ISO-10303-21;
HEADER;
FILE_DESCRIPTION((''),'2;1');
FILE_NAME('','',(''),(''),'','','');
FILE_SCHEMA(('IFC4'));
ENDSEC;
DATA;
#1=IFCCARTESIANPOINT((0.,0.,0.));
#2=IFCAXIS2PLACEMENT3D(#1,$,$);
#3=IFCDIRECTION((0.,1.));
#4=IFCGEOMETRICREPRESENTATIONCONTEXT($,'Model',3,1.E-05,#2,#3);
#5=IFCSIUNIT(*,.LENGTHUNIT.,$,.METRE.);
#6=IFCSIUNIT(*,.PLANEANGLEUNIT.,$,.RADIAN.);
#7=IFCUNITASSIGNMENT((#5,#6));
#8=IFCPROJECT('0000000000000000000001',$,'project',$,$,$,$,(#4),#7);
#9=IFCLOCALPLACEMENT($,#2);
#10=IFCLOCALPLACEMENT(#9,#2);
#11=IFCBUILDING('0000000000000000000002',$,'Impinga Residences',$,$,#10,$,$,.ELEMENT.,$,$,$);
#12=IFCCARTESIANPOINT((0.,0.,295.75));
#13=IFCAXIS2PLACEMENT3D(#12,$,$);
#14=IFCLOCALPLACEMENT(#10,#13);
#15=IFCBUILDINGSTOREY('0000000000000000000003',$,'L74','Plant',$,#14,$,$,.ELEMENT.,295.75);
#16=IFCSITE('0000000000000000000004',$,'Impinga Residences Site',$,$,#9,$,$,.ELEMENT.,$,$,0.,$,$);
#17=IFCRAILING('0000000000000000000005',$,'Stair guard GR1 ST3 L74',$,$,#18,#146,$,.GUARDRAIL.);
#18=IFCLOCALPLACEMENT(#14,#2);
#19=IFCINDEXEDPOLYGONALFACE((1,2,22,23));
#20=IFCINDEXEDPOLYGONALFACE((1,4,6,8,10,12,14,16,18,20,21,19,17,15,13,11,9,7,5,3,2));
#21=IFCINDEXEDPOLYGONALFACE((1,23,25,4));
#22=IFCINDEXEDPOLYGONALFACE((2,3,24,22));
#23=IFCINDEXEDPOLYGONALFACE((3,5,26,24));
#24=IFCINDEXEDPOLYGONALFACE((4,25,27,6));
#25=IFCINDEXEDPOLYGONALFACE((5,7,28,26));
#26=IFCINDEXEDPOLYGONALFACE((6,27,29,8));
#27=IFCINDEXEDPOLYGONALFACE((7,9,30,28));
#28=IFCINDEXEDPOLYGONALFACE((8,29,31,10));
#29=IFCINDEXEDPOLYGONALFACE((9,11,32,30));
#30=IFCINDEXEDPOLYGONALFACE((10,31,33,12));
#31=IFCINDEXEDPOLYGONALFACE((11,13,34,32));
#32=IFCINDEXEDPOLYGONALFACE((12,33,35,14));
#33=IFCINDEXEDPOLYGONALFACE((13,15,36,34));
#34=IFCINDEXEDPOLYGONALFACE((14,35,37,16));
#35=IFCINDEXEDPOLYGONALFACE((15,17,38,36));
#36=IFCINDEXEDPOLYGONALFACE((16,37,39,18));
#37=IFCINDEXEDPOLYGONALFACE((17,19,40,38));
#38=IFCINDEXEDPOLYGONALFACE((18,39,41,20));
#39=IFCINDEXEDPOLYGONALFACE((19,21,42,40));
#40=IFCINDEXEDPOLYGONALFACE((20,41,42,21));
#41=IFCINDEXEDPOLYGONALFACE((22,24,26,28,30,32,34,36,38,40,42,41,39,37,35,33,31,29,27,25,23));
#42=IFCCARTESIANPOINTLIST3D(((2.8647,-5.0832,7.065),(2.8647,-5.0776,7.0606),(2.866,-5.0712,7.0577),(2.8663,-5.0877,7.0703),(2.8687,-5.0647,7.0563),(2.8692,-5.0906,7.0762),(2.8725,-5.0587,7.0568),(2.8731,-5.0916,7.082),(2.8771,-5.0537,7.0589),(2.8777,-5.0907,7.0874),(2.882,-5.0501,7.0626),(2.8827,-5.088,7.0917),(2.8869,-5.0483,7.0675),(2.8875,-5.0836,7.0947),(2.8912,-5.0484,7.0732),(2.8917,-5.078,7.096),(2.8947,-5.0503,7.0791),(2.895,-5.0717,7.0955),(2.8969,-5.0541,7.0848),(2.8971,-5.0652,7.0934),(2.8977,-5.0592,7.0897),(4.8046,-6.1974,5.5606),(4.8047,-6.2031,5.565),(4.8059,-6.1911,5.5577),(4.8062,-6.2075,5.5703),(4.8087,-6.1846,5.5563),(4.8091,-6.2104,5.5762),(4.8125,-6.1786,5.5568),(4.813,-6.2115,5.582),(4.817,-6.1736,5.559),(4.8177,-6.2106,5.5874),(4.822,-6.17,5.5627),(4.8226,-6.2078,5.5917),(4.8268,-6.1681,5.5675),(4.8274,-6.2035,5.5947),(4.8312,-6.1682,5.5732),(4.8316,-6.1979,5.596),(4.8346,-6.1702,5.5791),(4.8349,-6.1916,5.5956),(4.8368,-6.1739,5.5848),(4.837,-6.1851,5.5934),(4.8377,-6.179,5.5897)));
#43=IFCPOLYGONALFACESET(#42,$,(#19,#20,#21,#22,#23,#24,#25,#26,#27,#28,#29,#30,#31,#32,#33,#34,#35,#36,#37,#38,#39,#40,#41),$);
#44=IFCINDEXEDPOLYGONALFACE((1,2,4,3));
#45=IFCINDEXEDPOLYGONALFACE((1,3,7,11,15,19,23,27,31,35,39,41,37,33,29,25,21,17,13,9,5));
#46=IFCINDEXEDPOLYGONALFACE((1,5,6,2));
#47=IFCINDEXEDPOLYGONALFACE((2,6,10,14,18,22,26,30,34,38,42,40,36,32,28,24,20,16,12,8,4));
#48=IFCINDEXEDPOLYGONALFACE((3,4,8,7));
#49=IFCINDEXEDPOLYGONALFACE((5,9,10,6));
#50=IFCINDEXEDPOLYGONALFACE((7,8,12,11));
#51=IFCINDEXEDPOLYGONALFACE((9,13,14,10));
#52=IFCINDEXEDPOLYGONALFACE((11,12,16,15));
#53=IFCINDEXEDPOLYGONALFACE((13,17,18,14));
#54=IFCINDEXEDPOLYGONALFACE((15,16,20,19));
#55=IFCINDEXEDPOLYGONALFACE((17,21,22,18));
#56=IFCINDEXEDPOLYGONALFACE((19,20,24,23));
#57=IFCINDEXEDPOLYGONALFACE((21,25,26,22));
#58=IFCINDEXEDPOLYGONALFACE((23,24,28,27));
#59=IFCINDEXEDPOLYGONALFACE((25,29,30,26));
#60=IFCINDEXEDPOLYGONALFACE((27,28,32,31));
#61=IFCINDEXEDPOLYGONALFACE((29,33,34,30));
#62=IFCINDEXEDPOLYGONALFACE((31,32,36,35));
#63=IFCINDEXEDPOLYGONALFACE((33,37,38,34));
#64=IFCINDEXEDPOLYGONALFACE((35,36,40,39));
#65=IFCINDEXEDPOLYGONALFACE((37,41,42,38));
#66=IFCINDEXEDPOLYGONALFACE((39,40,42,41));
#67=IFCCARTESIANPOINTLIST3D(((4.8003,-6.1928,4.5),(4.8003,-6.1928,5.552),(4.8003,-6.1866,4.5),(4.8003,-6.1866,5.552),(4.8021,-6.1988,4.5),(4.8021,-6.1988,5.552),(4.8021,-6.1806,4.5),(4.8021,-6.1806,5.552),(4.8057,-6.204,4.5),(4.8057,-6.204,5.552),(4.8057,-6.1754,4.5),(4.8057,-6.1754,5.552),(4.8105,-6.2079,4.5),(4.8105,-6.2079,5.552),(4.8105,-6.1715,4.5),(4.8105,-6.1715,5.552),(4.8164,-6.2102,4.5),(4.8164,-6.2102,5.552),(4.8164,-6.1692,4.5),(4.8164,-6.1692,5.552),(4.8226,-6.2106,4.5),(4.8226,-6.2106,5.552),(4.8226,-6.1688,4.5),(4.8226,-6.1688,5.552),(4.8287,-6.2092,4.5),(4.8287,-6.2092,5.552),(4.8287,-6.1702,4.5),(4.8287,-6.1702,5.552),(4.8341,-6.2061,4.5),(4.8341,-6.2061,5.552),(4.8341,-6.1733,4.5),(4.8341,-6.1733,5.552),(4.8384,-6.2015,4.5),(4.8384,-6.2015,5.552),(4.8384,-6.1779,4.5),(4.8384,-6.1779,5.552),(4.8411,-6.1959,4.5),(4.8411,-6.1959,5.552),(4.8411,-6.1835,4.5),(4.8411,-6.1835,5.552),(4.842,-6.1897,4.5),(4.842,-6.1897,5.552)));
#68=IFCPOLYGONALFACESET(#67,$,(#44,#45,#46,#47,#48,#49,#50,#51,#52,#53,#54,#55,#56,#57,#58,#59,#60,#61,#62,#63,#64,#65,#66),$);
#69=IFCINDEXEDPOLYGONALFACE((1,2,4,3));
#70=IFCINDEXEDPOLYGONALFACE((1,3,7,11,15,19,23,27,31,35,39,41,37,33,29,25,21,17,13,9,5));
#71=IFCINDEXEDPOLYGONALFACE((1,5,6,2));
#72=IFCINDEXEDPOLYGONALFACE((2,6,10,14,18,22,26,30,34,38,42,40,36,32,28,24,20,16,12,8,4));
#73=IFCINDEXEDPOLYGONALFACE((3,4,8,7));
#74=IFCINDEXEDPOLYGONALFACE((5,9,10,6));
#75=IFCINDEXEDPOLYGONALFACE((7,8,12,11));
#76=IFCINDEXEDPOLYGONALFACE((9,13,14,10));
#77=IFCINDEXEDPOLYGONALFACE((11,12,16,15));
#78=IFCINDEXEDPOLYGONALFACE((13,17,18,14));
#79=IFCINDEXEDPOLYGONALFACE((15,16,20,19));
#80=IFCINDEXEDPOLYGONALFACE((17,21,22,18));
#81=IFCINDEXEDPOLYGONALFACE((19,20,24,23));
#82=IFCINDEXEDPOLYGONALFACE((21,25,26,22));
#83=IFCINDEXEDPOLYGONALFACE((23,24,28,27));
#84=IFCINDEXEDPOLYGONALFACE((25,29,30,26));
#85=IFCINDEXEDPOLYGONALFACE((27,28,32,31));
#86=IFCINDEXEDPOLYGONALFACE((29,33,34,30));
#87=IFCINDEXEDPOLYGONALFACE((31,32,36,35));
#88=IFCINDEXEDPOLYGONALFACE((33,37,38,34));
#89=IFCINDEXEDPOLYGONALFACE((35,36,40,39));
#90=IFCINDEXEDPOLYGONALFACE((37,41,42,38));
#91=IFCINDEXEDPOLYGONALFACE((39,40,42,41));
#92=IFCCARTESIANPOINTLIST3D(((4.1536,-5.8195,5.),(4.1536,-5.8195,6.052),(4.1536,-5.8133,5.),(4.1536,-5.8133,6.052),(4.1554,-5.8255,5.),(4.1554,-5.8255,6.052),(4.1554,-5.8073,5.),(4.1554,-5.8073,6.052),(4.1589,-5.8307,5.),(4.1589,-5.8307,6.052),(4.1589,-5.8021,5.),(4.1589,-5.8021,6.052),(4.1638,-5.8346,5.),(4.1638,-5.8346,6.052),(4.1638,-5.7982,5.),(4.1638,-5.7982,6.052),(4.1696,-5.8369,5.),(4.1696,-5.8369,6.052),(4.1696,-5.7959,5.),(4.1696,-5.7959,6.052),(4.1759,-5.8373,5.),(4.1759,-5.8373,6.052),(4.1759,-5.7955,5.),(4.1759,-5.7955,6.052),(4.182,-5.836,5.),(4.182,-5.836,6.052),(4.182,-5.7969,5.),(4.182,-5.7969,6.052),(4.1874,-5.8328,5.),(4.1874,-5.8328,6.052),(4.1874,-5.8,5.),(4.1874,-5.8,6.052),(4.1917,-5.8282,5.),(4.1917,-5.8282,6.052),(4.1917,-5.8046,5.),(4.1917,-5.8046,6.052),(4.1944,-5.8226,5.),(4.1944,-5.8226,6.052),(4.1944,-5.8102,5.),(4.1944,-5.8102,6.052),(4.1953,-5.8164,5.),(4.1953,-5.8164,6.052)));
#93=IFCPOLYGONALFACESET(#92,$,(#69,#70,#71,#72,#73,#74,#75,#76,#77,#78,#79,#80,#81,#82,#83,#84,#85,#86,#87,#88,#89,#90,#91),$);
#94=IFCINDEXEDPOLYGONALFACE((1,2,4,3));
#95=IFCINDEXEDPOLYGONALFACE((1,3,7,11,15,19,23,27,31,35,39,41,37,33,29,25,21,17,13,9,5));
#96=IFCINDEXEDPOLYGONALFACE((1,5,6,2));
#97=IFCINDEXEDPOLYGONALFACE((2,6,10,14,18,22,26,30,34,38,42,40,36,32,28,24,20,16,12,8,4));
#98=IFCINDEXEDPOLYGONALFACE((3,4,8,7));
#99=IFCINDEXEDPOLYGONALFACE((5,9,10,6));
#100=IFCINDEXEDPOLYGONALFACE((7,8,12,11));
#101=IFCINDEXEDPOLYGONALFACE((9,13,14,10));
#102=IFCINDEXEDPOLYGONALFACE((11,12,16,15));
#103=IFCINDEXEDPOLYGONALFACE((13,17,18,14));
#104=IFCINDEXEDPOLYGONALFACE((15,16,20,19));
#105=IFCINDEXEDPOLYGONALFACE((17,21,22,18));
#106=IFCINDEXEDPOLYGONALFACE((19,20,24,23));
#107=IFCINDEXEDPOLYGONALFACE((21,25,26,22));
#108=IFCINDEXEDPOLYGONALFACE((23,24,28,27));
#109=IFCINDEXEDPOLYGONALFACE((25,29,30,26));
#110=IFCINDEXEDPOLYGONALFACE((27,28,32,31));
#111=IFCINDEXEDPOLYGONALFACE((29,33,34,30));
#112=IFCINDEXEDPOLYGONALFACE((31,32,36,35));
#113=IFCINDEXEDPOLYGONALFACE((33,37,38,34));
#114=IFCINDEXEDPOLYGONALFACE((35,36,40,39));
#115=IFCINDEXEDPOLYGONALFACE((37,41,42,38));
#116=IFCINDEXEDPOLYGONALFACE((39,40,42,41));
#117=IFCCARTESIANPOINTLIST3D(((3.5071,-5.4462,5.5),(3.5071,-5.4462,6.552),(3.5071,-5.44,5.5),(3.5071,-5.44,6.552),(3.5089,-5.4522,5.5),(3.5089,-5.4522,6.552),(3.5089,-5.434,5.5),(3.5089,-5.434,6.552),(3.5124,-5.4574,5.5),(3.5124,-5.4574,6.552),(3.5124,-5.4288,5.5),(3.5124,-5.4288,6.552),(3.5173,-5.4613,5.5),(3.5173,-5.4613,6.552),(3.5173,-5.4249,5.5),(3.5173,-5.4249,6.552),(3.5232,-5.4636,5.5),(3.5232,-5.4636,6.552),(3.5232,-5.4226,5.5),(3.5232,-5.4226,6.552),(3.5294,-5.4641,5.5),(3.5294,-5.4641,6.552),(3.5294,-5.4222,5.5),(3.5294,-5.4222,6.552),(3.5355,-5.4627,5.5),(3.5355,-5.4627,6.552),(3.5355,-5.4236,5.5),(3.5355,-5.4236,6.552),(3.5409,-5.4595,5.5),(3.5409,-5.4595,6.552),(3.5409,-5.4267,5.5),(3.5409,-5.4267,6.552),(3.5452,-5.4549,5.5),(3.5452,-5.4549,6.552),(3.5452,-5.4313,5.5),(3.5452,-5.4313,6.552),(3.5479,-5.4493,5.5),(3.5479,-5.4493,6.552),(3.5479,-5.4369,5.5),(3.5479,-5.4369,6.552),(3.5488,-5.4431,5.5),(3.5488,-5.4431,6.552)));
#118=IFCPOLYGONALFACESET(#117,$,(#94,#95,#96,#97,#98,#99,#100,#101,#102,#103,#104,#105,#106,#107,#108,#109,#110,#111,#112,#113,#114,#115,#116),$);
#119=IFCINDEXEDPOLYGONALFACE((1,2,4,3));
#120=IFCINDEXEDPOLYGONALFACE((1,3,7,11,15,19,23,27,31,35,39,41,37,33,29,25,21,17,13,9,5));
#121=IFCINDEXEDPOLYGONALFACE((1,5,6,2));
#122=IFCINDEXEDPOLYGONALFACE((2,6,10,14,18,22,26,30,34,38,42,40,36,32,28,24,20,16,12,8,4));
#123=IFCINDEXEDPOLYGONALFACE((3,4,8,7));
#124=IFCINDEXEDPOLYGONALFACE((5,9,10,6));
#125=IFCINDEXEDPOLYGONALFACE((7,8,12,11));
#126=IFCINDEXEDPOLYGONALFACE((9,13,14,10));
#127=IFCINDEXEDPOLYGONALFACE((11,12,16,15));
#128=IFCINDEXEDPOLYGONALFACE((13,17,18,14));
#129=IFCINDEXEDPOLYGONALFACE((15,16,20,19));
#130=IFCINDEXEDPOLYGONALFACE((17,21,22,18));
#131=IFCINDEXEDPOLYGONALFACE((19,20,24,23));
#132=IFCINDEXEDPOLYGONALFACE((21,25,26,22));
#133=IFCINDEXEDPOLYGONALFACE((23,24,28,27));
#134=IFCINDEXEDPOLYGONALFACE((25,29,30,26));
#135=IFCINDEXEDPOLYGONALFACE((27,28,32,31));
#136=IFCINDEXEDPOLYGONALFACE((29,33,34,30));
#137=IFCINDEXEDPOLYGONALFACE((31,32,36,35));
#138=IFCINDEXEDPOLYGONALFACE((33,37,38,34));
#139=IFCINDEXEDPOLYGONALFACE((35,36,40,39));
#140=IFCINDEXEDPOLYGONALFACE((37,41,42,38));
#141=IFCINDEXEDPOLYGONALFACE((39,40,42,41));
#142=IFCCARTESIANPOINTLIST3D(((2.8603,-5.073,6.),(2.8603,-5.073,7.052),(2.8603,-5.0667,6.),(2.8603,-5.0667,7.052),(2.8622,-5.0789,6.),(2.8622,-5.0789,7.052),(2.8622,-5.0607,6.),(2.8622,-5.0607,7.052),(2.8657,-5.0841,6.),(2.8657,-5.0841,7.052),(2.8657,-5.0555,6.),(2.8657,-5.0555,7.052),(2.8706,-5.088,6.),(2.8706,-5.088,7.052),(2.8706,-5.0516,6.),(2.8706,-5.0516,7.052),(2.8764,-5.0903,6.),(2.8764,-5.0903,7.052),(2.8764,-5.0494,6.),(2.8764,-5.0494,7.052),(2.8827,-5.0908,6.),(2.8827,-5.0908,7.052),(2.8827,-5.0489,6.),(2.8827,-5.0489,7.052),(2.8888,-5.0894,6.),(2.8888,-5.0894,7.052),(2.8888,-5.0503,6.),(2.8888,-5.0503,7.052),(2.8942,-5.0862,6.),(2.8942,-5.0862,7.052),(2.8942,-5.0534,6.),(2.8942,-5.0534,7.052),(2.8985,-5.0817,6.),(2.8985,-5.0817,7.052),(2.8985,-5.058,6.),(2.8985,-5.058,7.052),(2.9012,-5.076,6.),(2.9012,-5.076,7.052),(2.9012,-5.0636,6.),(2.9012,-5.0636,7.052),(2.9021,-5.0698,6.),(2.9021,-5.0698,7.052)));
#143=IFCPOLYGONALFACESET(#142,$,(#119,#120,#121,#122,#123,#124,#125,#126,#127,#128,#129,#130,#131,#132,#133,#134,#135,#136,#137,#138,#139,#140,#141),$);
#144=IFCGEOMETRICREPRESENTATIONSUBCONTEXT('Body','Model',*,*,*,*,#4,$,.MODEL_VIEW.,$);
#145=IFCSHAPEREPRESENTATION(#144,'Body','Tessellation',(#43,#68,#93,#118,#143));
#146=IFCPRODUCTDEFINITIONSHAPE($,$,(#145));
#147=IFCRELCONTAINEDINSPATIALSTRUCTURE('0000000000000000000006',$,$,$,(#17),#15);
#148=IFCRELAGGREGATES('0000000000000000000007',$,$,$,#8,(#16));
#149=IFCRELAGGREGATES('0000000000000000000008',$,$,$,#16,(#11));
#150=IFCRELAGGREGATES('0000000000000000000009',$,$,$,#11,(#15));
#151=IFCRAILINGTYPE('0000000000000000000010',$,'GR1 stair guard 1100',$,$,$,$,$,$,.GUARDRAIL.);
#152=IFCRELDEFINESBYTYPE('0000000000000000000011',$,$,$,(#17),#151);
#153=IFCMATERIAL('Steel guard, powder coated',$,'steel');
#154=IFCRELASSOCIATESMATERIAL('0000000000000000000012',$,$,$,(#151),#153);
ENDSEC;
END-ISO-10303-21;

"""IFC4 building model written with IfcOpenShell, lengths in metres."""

from ifc_helpers import new_model, si_unit, direction, frame, origin, origin_2d, place, context, subcontext, project, spatial, circle, extrude, material, type_object, element, save


model = new_model("IFC4")

# Units and contexts
model_context = context("Model", 3, precision=1e-05, world=origin(), true_north=direction((0.0, 1.0)))
body_context = subcontext(model_context, "Body", "Model", "MODEL_VIEW")
ifc_project = project(units=[si_unit("LENGTHUNIT", "METRE"), si_unit("PLANEANGLEUNIT", "RADIAN")], contexts=[model_context])

# Site, building, storey
site_placement = place(None, origin())
site = spatial("IfcSite", under=ifc_project, at=site_placement, Name="Impinga Residences Site", CompositionType="ELEMENT", RefElevation=0.0)
building_placement = place(site_placement, origin())
building = spatial("IfcBuilding", under=site, at=building_placement, Name="Impinga Residences", CompositionType="ELEMENT")
storey_placement = place(building_placement, frame((0.0, 0.0, 295.75)))
storey = spatial("IfcBuildingStorey", under=building, at=storey_placement, Name="L74", Description="Plant", CompositionType="ELEMENT", Elevation=295.75)

# Railing
ifc_material_1 = material(Name="Steel guard, powder coated", Category="steel")
railing_type_1 = type_object("IfcRailingType", Name="GR1 stair guard 1100", PredefinedType="GUARDRAIL", material=ifc_material_1)
for number, where, name in (
    (1, (4.821, -6.1897, 4.5), "Stair guard GR1 ST3 L74"),
):
    element("IfcRailing", number, at=place(storey_placement, frame(where)), inside=storey, type_object=railing_type_1, Name=name, PredefinedType="GUARDRAIL", context=body_context, shape_type="SweptSolid", body=[
        extrude(circle(Radius=0.0239, at=origin_2d()), frame((0.0, 0.0, 1.0762), z_axis=(-0.719609, 0.41541, 0.556415), x_axis=(-0.499949, -0.866055, 0.0)), (0.0, 0.0, 1.0), 2.6958),
        extrude(circle(Radius=0.021, at=origin_2d()), origin(), (0.0, 0.0, 1.0), 1.052),
        extrude(circle(Radius=0.021, at=origin_2d()), frame((-0.6467, 0.3733, 0.5)), (0.0, 0.0, 1.0), 1.052),
        extrude(circle(Radius=0.021, at=origin_2d()), frame((-1.2932, 0.7466, 1.0)), (0.0, 0.0, 1.0), 1.052),
        extrude(circle(Radius=0.021, at=origin_2d()), frame((-1.9399, 1.1199, 1.5)), (0.0, 0.0, 1.0), 1.052),
    ])

save(model, "model.ifc")
